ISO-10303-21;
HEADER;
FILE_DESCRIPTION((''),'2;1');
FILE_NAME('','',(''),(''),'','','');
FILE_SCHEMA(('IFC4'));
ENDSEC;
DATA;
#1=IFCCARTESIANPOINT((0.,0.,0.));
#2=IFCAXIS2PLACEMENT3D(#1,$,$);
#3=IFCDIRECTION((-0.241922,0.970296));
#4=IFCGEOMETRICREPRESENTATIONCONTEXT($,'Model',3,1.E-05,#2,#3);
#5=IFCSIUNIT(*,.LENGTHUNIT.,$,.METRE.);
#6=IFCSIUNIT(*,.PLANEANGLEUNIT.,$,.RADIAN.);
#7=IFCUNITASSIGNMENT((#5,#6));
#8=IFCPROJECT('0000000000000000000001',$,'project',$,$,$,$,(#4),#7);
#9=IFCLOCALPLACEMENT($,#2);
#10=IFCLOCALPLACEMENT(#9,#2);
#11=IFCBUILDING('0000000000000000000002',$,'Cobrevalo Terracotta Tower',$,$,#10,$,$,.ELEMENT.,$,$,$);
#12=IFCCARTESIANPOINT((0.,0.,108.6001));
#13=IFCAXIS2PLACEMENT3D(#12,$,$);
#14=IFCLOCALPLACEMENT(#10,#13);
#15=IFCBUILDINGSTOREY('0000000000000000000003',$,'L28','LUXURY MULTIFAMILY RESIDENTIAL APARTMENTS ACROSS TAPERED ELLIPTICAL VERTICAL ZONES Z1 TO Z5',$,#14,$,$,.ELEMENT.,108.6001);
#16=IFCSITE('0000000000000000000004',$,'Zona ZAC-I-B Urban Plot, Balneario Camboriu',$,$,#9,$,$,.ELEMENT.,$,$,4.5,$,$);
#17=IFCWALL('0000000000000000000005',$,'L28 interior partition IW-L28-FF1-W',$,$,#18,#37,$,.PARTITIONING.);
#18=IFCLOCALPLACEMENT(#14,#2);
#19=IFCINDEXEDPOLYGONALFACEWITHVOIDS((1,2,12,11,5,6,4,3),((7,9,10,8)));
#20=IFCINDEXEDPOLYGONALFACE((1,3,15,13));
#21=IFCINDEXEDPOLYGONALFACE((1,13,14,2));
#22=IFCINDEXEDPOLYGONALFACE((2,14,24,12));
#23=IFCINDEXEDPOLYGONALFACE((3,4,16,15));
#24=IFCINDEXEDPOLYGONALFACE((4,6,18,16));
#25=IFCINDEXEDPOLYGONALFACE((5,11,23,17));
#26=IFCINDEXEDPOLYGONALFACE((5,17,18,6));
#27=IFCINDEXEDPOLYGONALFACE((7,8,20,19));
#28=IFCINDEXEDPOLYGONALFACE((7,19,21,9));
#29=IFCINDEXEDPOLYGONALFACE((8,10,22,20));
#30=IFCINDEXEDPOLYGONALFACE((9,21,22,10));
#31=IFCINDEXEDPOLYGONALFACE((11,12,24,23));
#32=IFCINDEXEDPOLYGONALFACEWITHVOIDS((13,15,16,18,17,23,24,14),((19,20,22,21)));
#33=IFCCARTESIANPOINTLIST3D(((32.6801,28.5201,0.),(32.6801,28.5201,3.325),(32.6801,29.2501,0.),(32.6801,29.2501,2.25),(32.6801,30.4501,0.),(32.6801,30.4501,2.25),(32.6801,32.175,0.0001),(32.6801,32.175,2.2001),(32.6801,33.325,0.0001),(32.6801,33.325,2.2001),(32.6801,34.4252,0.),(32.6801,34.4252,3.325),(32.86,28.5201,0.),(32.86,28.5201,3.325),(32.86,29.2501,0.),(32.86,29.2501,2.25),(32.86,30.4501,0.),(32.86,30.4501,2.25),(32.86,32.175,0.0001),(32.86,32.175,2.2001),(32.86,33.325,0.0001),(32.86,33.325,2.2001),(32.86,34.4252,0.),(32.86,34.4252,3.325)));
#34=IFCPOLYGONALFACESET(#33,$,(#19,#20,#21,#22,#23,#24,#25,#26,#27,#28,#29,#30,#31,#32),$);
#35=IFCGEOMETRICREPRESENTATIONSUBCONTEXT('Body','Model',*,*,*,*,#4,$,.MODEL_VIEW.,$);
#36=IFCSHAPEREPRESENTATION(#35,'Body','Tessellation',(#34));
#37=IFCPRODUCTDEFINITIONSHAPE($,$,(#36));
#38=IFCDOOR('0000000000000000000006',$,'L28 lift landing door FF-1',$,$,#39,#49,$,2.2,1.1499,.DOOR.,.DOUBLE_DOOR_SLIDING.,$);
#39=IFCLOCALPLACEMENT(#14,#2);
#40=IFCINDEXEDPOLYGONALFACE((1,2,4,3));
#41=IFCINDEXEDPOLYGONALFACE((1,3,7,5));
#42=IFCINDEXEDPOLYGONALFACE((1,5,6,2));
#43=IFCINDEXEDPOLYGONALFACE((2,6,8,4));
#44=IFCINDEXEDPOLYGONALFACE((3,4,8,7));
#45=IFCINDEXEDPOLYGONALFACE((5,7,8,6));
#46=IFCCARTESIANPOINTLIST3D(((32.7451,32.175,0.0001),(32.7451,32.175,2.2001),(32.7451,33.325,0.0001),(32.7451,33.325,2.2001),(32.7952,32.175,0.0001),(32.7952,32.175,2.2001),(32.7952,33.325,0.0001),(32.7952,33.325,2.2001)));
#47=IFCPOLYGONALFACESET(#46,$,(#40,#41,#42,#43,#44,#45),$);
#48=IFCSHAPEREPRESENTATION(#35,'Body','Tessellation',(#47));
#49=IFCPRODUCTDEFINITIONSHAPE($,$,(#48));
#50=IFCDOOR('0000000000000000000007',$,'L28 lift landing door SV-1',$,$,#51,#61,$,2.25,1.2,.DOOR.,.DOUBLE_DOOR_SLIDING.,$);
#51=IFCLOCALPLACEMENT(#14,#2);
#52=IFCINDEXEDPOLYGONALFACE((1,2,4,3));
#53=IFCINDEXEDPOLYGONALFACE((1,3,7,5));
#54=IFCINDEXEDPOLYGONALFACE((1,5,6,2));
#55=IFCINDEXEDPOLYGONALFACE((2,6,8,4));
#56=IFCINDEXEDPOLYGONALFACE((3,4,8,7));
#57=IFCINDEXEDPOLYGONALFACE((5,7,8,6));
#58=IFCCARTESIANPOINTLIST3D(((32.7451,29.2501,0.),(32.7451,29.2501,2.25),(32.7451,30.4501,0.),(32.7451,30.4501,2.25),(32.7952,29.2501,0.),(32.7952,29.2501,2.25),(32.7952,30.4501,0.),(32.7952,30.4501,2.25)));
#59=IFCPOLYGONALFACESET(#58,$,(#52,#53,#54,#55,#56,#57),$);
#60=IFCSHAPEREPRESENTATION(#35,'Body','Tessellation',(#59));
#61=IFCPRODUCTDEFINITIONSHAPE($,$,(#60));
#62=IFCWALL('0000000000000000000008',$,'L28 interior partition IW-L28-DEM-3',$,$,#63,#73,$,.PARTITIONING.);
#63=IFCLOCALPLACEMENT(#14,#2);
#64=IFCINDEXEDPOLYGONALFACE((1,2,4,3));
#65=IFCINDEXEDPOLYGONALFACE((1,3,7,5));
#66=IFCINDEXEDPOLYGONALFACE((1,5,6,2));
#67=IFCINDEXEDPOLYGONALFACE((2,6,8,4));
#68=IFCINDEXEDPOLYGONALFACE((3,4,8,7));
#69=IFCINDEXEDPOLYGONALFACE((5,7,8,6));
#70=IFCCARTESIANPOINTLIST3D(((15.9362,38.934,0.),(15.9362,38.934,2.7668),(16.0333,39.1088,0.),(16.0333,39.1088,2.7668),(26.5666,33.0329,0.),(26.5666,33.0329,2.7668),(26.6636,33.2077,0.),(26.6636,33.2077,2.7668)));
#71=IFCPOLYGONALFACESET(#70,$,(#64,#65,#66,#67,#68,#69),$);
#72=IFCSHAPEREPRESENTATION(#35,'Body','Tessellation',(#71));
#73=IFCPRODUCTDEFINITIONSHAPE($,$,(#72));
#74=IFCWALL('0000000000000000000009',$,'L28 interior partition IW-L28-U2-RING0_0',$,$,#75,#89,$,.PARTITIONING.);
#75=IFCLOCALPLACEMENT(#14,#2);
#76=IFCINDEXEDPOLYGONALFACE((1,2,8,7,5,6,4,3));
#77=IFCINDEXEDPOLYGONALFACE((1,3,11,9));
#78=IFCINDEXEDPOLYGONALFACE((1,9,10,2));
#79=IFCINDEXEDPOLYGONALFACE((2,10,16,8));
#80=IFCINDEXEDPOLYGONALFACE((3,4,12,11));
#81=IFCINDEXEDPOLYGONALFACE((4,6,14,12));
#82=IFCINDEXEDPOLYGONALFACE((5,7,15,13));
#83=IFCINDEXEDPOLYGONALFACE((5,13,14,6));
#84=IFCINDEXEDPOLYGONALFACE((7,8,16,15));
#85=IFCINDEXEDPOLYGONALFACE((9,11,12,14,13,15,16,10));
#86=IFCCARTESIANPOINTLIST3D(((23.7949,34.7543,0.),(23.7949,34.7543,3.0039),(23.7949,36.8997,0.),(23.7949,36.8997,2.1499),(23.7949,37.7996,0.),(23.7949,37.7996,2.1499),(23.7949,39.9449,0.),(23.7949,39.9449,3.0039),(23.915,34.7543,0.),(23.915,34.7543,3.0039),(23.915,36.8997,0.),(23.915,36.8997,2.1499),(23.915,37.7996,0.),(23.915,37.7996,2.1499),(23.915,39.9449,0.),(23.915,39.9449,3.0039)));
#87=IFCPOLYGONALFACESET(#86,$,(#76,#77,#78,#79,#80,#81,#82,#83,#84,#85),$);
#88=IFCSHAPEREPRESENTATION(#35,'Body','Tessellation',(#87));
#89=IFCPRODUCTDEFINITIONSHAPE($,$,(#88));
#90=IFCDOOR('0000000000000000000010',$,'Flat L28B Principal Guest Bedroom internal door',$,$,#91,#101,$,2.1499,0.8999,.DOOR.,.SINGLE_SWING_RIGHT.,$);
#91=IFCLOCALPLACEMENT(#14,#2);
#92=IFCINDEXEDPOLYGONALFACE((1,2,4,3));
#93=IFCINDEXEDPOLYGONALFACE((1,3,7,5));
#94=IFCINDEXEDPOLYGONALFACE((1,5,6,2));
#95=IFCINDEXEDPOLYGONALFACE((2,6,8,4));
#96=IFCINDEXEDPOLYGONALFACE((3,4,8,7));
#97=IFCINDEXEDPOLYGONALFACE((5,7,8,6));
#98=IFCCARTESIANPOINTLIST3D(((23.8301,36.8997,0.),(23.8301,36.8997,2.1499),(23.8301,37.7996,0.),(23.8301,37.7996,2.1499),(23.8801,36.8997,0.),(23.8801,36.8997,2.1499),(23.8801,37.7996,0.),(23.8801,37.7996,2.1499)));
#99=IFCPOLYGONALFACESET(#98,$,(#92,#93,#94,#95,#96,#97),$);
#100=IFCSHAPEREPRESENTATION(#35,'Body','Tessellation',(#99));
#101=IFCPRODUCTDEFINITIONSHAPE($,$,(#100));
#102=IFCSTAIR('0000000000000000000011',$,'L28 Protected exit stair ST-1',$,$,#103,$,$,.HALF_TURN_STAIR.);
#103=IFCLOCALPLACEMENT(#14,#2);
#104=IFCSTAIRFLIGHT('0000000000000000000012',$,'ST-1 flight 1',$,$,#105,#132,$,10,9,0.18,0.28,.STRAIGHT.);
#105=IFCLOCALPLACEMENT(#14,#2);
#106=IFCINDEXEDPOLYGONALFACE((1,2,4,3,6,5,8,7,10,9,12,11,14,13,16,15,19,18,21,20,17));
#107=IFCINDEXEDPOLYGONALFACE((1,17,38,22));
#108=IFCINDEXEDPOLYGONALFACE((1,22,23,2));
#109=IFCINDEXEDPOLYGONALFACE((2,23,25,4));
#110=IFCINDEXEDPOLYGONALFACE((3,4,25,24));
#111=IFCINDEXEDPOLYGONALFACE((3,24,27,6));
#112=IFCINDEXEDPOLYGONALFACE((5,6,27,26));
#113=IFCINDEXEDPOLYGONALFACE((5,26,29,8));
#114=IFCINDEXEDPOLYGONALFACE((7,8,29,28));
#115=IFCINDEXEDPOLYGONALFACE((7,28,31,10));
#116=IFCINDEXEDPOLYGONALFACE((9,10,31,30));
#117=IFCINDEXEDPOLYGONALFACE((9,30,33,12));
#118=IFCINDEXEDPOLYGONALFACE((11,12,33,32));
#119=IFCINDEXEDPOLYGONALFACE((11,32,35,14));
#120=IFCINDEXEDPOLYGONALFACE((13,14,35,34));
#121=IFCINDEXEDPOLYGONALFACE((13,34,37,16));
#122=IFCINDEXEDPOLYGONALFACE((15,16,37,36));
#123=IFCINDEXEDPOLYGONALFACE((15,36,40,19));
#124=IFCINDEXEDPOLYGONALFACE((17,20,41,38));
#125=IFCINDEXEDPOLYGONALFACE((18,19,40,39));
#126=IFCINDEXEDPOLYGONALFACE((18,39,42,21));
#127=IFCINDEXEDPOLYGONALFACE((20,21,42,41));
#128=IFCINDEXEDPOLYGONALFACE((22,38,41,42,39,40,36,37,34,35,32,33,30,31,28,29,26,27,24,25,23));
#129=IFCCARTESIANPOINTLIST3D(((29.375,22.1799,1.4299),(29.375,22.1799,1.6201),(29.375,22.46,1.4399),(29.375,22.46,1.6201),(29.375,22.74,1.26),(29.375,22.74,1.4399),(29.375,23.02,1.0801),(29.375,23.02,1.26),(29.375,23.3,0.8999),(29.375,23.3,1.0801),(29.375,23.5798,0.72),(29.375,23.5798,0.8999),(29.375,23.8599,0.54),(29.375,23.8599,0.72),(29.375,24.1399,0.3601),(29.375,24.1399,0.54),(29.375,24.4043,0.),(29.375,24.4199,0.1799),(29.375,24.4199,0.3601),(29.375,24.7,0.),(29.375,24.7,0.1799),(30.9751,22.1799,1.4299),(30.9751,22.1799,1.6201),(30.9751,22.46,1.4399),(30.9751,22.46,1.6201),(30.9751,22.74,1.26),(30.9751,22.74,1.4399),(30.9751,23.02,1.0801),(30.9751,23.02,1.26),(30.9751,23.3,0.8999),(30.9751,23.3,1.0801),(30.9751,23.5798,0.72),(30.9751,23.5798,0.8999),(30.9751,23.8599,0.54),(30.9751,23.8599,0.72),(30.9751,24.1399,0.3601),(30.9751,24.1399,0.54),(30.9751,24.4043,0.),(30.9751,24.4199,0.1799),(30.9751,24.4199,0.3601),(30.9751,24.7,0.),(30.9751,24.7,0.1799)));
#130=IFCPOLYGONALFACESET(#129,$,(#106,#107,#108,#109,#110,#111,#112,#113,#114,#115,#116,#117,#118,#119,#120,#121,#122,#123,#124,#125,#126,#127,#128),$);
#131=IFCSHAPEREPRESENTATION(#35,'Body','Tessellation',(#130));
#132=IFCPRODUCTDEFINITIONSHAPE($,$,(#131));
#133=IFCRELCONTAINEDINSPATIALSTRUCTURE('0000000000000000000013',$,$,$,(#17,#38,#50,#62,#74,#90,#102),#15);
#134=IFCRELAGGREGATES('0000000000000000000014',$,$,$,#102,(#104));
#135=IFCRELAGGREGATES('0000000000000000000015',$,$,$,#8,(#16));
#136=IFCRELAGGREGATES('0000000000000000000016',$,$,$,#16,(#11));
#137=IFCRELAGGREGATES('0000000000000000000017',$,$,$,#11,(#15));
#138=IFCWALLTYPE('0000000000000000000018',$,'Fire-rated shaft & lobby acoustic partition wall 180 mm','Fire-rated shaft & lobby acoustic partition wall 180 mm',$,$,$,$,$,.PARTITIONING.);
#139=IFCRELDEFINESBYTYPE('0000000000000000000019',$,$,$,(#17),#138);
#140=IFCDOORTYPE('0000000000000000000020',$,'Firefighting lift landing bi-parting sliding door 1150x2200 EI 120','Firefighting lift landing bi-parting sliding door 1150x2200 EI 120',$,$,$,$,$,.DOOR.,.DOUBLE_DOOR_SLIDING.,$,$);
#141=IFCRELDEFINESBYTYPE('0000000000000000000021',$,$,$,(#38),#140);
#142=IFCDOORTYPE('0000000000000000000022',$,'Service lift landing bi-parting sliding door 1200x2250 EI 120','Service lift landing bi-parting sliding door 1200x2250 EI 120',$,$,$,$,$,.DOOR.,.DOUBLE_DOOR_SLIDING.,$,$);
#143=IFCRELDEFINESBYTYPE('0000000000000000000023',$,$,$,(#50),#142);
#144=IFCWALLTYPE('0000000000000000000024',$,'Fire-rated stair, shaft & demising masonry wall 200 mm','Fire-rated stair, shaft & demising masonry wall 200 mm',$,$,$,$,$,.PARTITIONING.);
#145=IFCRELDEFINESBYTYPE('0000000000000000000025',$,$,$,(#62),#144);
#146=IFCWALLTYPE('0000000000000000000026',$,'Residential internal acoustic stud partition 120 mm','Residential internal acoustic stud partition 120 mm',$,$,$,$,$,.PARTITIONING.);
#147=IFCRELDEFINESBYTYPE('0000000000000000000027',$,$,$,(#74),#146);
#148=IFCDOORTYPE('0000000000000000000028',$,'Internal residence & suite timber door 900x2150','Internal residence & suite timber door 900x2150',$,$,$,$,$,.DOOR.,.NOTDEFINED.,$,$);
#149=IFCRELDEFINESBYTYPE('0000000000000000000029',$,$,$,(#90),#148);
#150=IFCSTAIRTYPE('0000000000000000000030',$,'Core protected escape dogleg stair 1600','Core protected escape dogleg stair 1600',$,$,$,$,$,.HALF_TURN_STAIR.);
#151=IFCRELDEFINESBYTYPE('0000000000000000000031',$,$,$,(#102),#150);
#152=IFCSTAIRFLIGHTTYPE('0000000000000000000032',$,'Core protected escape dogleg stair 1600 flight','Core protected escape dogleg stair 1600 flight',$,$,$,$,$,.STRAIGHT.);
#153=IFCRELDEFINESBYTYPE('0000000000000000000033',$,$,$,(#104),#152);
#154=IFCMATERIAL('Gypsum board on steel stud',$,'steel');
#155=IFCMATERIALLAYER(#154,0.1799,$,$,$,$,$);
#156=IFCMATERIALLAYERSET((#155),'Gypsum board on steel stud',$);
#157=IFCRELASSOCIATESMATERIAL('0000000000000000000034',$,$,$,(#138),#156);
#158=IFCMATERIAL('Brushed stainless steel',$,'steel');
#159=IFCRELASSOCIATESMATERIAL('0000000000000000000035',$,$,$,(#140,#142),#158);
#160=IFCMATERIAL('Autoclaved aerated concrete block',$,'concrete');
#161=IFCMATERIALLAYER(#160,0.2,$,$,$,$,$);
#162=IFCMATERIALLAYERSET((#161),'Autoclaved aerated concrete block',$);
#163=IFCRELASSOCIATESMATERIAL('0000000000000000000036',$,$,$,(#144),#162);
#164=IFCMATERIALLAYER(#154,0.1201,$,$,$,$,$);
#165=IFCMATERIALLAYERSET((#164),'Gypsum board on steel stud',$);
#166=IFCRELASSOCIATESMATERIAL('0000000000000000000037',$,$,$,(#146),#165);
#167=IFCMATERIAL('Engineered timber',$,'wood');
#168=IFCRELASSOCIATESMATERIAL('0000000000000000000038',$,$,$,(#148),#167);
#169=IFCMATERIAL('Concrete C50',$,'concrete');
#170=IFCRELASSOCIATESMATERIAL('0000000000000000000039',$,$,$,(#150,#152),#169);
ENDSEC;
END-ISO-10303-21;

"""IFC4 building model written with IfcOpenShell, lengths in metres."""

from ifc_helpers import new_model, si_unit, direction, frame, frame_2d, origin, place, context, subcontext, project, spatial, polyline, rectangle, outline, extrude, source, transform, mapped, material, layer, layer_set, type_object, element, fill, aggregate, save


model = new_model("IFC4")

# Units and contexts
model_context = context("Model", 3, precision=1e-05, world=origin(), true_north=direction((-0.241922, 0.970296)))
body_context = subcontext(model_context, "Body", "Model", "MODEL_VIEW")
ifc_project = project(units=[si_unit("LENGTHUNIT", "METRE"), si_unit("PLANEANGLEUNIT", "RADIAN")], contexts=[model_context])

# Site, building, storey
site_placement = place(None, origin())
site = spatial("IfcSite", under=ifc_project, at=site_placement, Name="Zona ZAC-I-B Urban Plot, Balneario Camboriu", CompositionType="ELEMENT", RefElevation=4.5)
building_placement = place(site_placement, origin())
building = spatial("IfcBuilding", under=site, at=building_placement, Name="Cobrevalo Terracotta Tower", CompositionType="ELEMENT")
storey_placement = place(building_placement, frame((0.0, 0.0, 108.6001)))
storey = spatial("IfcBuildingStorey", under=building, at=storey_placement, Name="L28", Description="LUXURY MULTIFAMILY RESIDENTIAL APARTMENTS ACROSS TAPERED ELLIPTICAL VERTICAL ZONES Z1 TO Z5", CompositionType="ELEMENT", Elevation=108.6001)

# Shared definitions
ifc_material_1 = material(Name="Gypsum board on steel stud", Category="steel")

# Shared definitions
ifc_layer_1 = layer(ifc_material_1, 0.1799)
ifc_layer_set_1 = layer_set([ifc_layer_1], Name="Gypsum board on steel stud")
wall_type_1 = type_object("IfcWallType", Name="Fire-rated shaft & lobby acoustic partition wall 180 mm", Description="Fire-rated shaft & lobby acoustic partition wall 180 mm", PredefinedType="PARTITIONING", material=ifc_layer_set_1)

# Wall, openings, doors
wall_1_placement = place(storey_placement, frame((32.77, 28.52, 0.0), z_axis=(0.0, 0.0, 1.0), x_axis=(0.0, 1.0, 0.0)))
wall_1 = element("IfcWall", 1, at=wall_1_placement, inside=storey, type_object=wall_type_1, Name="L28 interior partition IW-L28-FF1-W", PredefinedType="PARTITIONING", context=body_context, shape_type="SweptSolid", body=[
    extrude(rectangle(XDim=5.905, YDim=0.1799, at=frame_2d((2.9526, 0.0))), origin(), (0.0, 0.0, 1.0), 3.325),
])
opening_1_placement = place(wall_1_placement, frame((3.655, 0.0, 0.0)))
opening_1 = element("IfcOpeningElement", 2, at=opening_1_placement, cuts=wall_1, PredefinedType="OPENING", context=body_context, shape_type="SweptSolid", body=[
    extrude(rectangle(XDim=1.1499, YDim=2.2, at=frame_2d((0.575, 1.1001))), frame((0.0, 0.1001, 0.0), z_axis=(0.0, -1.0, 0.0), x_axis=(1.0, 0.0, 0.0)), (0.0, 0.0, 1.0), 0.2),
])
opening_2_placement = place(wall_1_placement, frame((0.73, 0.0, 0.0)))
opening_2 = element("IfcOpeningElement", 3, at=opening_2_placement, cuts=wall_1, PredefinedType="OPENING", context=body_context, shape_type="SweptSolid", body=[
    extrude(rectangle(XDim=1.2, YDim=2.25, at=frame_2d((0.6001, 1.125))), frame((0.0, 0.1001, 0.0), z_axis=(0.0, -1.0, 0.0), x_axis=(1.0, 0.0, 0.0)), (0.0, 0.0, 1.0), 0.2),
])
ifc_material_2 = material(Name="Brushed stainless steel", Category="steel")
door_type_1 = type_object("IfcDoorType", Name="Firefighting lift landing bi-parting sliding door 1150x2200 EI 120", Description="Firefighting lift landing bi-parting sliding door 1150x2200 EI 120", OperationType="DOUBLE_DOOR_SLIDING", PredefinedType="DOOR", material=ifc_material_2)
shared_shape_1 = source(origin(), body_context, "Body", "SweptSolid", [
    extrude(rectangle(XDim=1.1499, YDim=2.2, at=frame_2d((0.575, 1.1001))), frame((0.0, 0.0249, 0.0), z_axis=(0.0, -1.0, 0.0), x_axis=(1.0, 0.0, 0.0)), (0.0, 0.0, 1.0), 0.05),
])
door_1_placement = place(opening_1_placement, origin())
door_1 = element("IfcDoor", 4, at=door_1_placement, inside=storey, type_object=door_type_1, Name="L28 lift landing door FF-1", OperationType="DOUBLE_DOOR_SLIDING", OverallHeight=2.2, OverallWidth=1.1499, PredefinedType="DOOR", context=body_context, shape_type="MappedRepresentation", body=[
    mapped(shared_shape_1, transform((0.0, 0.0, 0.0), scale=1.0)),
])
fill(opening_1, door_1)
door_type_2 = type_object("IfcDoorType", Name="Service lift landing bi-parting sliding door 1200x2250 EI 120", Description="Service lift landing bi-parting sliding door 1200x2250 EI 120", OperationType="DOUBLE_DOOR_SLIDING", PredefinedType="DOOR", material=ifc_material_2)
shared_shape_2 = source(origin(), body_context, "Body", "SweptSolid", [
    extrude(rectangle(XDim=1.2, YDim=2.25, at=frame_2d((0.6001, 1.125))), frame((0.0, 0.0249, 0.0), z_axis=(0.0, -1.0, 0.0), x_axis=(1.0, 0.0, 0.0)), (0.0, 0.0, 1.0), 0.05),
])
door_2_placement = place(opening_2_placement, origin())
door_2 = element("IfcDoor", 5, at=door_2_placement, inside=storey, type_object=door_type_2, Name="L28 lift landing door SV-1", OperationType="DOUBLE_DOOR_SLIDING", OverallHeight=2.25, OverallWidth=1.2, PredefinedType="DOOR", context=body_context, shape_type="MappedRepresentation", body=[
    mapped(shared_shape_2, transform((0.0, 0.0, 0.0), scale=1.0)),
])
fill(opening_2, door_2)

# Wall
ifc_material_3 = material(Name="Autoclaved aerated concrete block", Category="concrete")
ifc_layer_2 = layer(ifc_material_3, 0.2)
ifc_layer_set_2 = layer_set([ifc_layer_2], Name="Autoclaved aerated concrete block")
wall_type_2 = type_object("IfcWallType", Name="Fire-rated stair, shaft & demising masonry wall 200 mm", Description="Fire-rated stair, shaft & demising masonry wall 200 mm", PredefinedType="PARTITIONING", material=ifc_layer_set_2)
wall_2_placement = place(storey_placement, frame((26.615, 33.1204, 0.0), z_axis=(0.0, 0.0, 1.0), x_axis=(-0.874319, 0.485351, 0.0)))
element("IfcWall", 6, at=wall_2_placement, inside=storey, type_object=wall_type_2, Name="L28 interior partition IW-L28-DEM-3", PredefinedType="PARTITIONING", context=body_context, shape_type="SweptSolid", body=[
    extrude(rectangle(XDim=12.1584, YDim=0.2, at=frame_2d((6.0791, 0.0))), origin(), (0.0, 0.0, 1.0), 2.7668),
])

# Wall, opening, door
ifc_layer_3 = layer(ifc_material_1, 0.1201)
ifc_layer_set_3 = layer_set([ifc_layer_3], Name="Gypsum board on steel stud")
wall_type_3 = type_object("IfcWallType", Name="Residential internal acoustic stud partition 120 mm", Description="Residential internal acoustic stud partition 120 mm", PredefinedType="PARTITIONING", material=ifc_layer_set_3)
wall_3_placement = place(storey_placement, frame((23.855, 34.7544, 0.0), z_axis=(0.0, 0.0, 1.0), x_axis=(0.0, 1.0, 0.0)))
wall_3 = element("IfcWall", 7, at=wall_3_placement, inside=storey, type_object=wall_type_3, Name="L28 interior partition IW-L28-U2-RING0_0", PredefinedType="PARTITIONING", context=body_context, shape_type="SweptSolid", body=[
    extrude(rectangle(XDim=5.1907, YDim=0.1201, at=frame_2d((2.5952, 0.0))), origin(), (0.0, 0.0, 1.0), 3.0039),
])
opening_3_placement = place(wall_3_placement, frame((2.1453, 0.0, 0.0)))
opening_3 = element("IfcOpeningElement", 8, at=opening_3_placement, cuts=wall_3, PredefinedType="OPENING", context=body_context, shape_type="SweptSolid", body=[
    extrude(rectangle(XDim=0.8999, YDim=2.1499, at=frame_2d((0.45, 1.075))), frame((0.0, 0.0701, 0.0), z_axis=(0.0, -1.0, 0.0), x_axis=(1.0, 0.0, 0.0)), (0.0, 0.0, 1.0), 0.1401),
])
ifc_material_4 = material(Name="Engineered timber", Category="wood")
door_type_3 = type_object("IfcDoorType", Name="Internal residence & suite timber door 900x2150", Description="Internal residence & suite timber door 900x2150", OperationType="NOTDEFINED", PredefinedType="DOOR", material=ifc_material_4)
shared_shape_3 = source(origin(), body_context, "Body", "SweptSolid", [
    extrude(rectangle(XDim=0.8999, YDim=2.1499, at=frame_2d((0.45, 1.075))), frame((0.0, 0.0249, 0.0), z_axis=(0.0, -1.0, 0.0), x_axis=(1.0, 0.0, 0.0)), (0.0, 0.0, 1.0), 0.05),
])
door_3_placement = place(opening_3_placement, origin())
door_3 = element("IfcDoor", 9, at=door_3_placement, inside=storey, type_object=door_type_3, Name="Flat L28B Principal Guest Bedroom internal door", OperationType="SINGLE_SWING_RIGHT", OverallHeight=2.1499, OverallWidth=0.8999, PredefinedType="DOOR", context=body_context, shape_type="MappedRepresentation", body=[
    mapped(shared_shape_3, transform((0.0, 0.0, 0.0), scale=1.0)),
])
fill(opening_3, door_3)
ifc_material_5 = material(Name="Concrete C50", Category="concrete")

# Stair, stair flight
stair_type = type_object("IfcStairType", Name="Core protected escape dogleg stair 1600", Description="Core protected escape dogleg stair 1600", PredefinedType="HALF_TURN_STAIR", material=ifc_material_5)
stair_placement = place(storey_placement, origin())
stair = element("IfcStair", 10, at=stair_placement, inside=storey, type_object=stair_type, Name="L28 Protected exit stair ST-1", PredefinedType="HALF_TURN_STAIR")
stair_flight_type = type_object("IfcStairFlightType", Name="Core protected escape dogleg stair 1600 flight", Description="Core protected escape dogleg stair 1600 flight", PredefinedType="STRAIGHT", material=ifc_material_5)
stair_flight_placement = place(storey_placement, frame((30.175, 24.7, 0.0), z_axis=(0.0, 0.0, 1.0), x_axis=(0.0, -1.0, 0.0)))
stair_flight = element("IfcStairFlight", 11, at=stair_flight_placement, type_object=stair_flight_type, Name="ST-1 flight 1", NumberOfRisers=10, NumberOfTreads=9, PredefinedType="STRAIGHT", RiserHeight=0.18, TreadLength=0.28, context=body_context, shape_type="SweptSolid", body=[
    extrude(outline(polyline([(0.0, 0.0), (0.0, 0.1799), (0.28, 0.1799), (0.28, 0.3601), (0.5601, 0.3601), (0.5601, 0.54), (0.8401, 0.54), (0.8401, 0.72), (1.1201, 0.72), (1.1201, 0.8999), (1.3999, 0.8999), (1.3999, 1.0801), (1.6799, 1.0801), (1.6799, 1.26), (1.96, 1.26), (1.96, 1.4399), (2.24, 1.4399), (2.24, 1.6201), (2.52, 1.6201), (2.52, 1.8), (2.52, 1.4299), (0.2957, 0.0), (0.0, 0.0)])), frame((0.0, 0.8, 0.0), z_axis=(0.0, -1.0, 0.0), x_axis=(1.0, 0.0, 0.0)), (0.0, 0.0, 1.0), 1.6001),
])
aggregate(stair, [stair_flight])

save(model, "model.ifc")
